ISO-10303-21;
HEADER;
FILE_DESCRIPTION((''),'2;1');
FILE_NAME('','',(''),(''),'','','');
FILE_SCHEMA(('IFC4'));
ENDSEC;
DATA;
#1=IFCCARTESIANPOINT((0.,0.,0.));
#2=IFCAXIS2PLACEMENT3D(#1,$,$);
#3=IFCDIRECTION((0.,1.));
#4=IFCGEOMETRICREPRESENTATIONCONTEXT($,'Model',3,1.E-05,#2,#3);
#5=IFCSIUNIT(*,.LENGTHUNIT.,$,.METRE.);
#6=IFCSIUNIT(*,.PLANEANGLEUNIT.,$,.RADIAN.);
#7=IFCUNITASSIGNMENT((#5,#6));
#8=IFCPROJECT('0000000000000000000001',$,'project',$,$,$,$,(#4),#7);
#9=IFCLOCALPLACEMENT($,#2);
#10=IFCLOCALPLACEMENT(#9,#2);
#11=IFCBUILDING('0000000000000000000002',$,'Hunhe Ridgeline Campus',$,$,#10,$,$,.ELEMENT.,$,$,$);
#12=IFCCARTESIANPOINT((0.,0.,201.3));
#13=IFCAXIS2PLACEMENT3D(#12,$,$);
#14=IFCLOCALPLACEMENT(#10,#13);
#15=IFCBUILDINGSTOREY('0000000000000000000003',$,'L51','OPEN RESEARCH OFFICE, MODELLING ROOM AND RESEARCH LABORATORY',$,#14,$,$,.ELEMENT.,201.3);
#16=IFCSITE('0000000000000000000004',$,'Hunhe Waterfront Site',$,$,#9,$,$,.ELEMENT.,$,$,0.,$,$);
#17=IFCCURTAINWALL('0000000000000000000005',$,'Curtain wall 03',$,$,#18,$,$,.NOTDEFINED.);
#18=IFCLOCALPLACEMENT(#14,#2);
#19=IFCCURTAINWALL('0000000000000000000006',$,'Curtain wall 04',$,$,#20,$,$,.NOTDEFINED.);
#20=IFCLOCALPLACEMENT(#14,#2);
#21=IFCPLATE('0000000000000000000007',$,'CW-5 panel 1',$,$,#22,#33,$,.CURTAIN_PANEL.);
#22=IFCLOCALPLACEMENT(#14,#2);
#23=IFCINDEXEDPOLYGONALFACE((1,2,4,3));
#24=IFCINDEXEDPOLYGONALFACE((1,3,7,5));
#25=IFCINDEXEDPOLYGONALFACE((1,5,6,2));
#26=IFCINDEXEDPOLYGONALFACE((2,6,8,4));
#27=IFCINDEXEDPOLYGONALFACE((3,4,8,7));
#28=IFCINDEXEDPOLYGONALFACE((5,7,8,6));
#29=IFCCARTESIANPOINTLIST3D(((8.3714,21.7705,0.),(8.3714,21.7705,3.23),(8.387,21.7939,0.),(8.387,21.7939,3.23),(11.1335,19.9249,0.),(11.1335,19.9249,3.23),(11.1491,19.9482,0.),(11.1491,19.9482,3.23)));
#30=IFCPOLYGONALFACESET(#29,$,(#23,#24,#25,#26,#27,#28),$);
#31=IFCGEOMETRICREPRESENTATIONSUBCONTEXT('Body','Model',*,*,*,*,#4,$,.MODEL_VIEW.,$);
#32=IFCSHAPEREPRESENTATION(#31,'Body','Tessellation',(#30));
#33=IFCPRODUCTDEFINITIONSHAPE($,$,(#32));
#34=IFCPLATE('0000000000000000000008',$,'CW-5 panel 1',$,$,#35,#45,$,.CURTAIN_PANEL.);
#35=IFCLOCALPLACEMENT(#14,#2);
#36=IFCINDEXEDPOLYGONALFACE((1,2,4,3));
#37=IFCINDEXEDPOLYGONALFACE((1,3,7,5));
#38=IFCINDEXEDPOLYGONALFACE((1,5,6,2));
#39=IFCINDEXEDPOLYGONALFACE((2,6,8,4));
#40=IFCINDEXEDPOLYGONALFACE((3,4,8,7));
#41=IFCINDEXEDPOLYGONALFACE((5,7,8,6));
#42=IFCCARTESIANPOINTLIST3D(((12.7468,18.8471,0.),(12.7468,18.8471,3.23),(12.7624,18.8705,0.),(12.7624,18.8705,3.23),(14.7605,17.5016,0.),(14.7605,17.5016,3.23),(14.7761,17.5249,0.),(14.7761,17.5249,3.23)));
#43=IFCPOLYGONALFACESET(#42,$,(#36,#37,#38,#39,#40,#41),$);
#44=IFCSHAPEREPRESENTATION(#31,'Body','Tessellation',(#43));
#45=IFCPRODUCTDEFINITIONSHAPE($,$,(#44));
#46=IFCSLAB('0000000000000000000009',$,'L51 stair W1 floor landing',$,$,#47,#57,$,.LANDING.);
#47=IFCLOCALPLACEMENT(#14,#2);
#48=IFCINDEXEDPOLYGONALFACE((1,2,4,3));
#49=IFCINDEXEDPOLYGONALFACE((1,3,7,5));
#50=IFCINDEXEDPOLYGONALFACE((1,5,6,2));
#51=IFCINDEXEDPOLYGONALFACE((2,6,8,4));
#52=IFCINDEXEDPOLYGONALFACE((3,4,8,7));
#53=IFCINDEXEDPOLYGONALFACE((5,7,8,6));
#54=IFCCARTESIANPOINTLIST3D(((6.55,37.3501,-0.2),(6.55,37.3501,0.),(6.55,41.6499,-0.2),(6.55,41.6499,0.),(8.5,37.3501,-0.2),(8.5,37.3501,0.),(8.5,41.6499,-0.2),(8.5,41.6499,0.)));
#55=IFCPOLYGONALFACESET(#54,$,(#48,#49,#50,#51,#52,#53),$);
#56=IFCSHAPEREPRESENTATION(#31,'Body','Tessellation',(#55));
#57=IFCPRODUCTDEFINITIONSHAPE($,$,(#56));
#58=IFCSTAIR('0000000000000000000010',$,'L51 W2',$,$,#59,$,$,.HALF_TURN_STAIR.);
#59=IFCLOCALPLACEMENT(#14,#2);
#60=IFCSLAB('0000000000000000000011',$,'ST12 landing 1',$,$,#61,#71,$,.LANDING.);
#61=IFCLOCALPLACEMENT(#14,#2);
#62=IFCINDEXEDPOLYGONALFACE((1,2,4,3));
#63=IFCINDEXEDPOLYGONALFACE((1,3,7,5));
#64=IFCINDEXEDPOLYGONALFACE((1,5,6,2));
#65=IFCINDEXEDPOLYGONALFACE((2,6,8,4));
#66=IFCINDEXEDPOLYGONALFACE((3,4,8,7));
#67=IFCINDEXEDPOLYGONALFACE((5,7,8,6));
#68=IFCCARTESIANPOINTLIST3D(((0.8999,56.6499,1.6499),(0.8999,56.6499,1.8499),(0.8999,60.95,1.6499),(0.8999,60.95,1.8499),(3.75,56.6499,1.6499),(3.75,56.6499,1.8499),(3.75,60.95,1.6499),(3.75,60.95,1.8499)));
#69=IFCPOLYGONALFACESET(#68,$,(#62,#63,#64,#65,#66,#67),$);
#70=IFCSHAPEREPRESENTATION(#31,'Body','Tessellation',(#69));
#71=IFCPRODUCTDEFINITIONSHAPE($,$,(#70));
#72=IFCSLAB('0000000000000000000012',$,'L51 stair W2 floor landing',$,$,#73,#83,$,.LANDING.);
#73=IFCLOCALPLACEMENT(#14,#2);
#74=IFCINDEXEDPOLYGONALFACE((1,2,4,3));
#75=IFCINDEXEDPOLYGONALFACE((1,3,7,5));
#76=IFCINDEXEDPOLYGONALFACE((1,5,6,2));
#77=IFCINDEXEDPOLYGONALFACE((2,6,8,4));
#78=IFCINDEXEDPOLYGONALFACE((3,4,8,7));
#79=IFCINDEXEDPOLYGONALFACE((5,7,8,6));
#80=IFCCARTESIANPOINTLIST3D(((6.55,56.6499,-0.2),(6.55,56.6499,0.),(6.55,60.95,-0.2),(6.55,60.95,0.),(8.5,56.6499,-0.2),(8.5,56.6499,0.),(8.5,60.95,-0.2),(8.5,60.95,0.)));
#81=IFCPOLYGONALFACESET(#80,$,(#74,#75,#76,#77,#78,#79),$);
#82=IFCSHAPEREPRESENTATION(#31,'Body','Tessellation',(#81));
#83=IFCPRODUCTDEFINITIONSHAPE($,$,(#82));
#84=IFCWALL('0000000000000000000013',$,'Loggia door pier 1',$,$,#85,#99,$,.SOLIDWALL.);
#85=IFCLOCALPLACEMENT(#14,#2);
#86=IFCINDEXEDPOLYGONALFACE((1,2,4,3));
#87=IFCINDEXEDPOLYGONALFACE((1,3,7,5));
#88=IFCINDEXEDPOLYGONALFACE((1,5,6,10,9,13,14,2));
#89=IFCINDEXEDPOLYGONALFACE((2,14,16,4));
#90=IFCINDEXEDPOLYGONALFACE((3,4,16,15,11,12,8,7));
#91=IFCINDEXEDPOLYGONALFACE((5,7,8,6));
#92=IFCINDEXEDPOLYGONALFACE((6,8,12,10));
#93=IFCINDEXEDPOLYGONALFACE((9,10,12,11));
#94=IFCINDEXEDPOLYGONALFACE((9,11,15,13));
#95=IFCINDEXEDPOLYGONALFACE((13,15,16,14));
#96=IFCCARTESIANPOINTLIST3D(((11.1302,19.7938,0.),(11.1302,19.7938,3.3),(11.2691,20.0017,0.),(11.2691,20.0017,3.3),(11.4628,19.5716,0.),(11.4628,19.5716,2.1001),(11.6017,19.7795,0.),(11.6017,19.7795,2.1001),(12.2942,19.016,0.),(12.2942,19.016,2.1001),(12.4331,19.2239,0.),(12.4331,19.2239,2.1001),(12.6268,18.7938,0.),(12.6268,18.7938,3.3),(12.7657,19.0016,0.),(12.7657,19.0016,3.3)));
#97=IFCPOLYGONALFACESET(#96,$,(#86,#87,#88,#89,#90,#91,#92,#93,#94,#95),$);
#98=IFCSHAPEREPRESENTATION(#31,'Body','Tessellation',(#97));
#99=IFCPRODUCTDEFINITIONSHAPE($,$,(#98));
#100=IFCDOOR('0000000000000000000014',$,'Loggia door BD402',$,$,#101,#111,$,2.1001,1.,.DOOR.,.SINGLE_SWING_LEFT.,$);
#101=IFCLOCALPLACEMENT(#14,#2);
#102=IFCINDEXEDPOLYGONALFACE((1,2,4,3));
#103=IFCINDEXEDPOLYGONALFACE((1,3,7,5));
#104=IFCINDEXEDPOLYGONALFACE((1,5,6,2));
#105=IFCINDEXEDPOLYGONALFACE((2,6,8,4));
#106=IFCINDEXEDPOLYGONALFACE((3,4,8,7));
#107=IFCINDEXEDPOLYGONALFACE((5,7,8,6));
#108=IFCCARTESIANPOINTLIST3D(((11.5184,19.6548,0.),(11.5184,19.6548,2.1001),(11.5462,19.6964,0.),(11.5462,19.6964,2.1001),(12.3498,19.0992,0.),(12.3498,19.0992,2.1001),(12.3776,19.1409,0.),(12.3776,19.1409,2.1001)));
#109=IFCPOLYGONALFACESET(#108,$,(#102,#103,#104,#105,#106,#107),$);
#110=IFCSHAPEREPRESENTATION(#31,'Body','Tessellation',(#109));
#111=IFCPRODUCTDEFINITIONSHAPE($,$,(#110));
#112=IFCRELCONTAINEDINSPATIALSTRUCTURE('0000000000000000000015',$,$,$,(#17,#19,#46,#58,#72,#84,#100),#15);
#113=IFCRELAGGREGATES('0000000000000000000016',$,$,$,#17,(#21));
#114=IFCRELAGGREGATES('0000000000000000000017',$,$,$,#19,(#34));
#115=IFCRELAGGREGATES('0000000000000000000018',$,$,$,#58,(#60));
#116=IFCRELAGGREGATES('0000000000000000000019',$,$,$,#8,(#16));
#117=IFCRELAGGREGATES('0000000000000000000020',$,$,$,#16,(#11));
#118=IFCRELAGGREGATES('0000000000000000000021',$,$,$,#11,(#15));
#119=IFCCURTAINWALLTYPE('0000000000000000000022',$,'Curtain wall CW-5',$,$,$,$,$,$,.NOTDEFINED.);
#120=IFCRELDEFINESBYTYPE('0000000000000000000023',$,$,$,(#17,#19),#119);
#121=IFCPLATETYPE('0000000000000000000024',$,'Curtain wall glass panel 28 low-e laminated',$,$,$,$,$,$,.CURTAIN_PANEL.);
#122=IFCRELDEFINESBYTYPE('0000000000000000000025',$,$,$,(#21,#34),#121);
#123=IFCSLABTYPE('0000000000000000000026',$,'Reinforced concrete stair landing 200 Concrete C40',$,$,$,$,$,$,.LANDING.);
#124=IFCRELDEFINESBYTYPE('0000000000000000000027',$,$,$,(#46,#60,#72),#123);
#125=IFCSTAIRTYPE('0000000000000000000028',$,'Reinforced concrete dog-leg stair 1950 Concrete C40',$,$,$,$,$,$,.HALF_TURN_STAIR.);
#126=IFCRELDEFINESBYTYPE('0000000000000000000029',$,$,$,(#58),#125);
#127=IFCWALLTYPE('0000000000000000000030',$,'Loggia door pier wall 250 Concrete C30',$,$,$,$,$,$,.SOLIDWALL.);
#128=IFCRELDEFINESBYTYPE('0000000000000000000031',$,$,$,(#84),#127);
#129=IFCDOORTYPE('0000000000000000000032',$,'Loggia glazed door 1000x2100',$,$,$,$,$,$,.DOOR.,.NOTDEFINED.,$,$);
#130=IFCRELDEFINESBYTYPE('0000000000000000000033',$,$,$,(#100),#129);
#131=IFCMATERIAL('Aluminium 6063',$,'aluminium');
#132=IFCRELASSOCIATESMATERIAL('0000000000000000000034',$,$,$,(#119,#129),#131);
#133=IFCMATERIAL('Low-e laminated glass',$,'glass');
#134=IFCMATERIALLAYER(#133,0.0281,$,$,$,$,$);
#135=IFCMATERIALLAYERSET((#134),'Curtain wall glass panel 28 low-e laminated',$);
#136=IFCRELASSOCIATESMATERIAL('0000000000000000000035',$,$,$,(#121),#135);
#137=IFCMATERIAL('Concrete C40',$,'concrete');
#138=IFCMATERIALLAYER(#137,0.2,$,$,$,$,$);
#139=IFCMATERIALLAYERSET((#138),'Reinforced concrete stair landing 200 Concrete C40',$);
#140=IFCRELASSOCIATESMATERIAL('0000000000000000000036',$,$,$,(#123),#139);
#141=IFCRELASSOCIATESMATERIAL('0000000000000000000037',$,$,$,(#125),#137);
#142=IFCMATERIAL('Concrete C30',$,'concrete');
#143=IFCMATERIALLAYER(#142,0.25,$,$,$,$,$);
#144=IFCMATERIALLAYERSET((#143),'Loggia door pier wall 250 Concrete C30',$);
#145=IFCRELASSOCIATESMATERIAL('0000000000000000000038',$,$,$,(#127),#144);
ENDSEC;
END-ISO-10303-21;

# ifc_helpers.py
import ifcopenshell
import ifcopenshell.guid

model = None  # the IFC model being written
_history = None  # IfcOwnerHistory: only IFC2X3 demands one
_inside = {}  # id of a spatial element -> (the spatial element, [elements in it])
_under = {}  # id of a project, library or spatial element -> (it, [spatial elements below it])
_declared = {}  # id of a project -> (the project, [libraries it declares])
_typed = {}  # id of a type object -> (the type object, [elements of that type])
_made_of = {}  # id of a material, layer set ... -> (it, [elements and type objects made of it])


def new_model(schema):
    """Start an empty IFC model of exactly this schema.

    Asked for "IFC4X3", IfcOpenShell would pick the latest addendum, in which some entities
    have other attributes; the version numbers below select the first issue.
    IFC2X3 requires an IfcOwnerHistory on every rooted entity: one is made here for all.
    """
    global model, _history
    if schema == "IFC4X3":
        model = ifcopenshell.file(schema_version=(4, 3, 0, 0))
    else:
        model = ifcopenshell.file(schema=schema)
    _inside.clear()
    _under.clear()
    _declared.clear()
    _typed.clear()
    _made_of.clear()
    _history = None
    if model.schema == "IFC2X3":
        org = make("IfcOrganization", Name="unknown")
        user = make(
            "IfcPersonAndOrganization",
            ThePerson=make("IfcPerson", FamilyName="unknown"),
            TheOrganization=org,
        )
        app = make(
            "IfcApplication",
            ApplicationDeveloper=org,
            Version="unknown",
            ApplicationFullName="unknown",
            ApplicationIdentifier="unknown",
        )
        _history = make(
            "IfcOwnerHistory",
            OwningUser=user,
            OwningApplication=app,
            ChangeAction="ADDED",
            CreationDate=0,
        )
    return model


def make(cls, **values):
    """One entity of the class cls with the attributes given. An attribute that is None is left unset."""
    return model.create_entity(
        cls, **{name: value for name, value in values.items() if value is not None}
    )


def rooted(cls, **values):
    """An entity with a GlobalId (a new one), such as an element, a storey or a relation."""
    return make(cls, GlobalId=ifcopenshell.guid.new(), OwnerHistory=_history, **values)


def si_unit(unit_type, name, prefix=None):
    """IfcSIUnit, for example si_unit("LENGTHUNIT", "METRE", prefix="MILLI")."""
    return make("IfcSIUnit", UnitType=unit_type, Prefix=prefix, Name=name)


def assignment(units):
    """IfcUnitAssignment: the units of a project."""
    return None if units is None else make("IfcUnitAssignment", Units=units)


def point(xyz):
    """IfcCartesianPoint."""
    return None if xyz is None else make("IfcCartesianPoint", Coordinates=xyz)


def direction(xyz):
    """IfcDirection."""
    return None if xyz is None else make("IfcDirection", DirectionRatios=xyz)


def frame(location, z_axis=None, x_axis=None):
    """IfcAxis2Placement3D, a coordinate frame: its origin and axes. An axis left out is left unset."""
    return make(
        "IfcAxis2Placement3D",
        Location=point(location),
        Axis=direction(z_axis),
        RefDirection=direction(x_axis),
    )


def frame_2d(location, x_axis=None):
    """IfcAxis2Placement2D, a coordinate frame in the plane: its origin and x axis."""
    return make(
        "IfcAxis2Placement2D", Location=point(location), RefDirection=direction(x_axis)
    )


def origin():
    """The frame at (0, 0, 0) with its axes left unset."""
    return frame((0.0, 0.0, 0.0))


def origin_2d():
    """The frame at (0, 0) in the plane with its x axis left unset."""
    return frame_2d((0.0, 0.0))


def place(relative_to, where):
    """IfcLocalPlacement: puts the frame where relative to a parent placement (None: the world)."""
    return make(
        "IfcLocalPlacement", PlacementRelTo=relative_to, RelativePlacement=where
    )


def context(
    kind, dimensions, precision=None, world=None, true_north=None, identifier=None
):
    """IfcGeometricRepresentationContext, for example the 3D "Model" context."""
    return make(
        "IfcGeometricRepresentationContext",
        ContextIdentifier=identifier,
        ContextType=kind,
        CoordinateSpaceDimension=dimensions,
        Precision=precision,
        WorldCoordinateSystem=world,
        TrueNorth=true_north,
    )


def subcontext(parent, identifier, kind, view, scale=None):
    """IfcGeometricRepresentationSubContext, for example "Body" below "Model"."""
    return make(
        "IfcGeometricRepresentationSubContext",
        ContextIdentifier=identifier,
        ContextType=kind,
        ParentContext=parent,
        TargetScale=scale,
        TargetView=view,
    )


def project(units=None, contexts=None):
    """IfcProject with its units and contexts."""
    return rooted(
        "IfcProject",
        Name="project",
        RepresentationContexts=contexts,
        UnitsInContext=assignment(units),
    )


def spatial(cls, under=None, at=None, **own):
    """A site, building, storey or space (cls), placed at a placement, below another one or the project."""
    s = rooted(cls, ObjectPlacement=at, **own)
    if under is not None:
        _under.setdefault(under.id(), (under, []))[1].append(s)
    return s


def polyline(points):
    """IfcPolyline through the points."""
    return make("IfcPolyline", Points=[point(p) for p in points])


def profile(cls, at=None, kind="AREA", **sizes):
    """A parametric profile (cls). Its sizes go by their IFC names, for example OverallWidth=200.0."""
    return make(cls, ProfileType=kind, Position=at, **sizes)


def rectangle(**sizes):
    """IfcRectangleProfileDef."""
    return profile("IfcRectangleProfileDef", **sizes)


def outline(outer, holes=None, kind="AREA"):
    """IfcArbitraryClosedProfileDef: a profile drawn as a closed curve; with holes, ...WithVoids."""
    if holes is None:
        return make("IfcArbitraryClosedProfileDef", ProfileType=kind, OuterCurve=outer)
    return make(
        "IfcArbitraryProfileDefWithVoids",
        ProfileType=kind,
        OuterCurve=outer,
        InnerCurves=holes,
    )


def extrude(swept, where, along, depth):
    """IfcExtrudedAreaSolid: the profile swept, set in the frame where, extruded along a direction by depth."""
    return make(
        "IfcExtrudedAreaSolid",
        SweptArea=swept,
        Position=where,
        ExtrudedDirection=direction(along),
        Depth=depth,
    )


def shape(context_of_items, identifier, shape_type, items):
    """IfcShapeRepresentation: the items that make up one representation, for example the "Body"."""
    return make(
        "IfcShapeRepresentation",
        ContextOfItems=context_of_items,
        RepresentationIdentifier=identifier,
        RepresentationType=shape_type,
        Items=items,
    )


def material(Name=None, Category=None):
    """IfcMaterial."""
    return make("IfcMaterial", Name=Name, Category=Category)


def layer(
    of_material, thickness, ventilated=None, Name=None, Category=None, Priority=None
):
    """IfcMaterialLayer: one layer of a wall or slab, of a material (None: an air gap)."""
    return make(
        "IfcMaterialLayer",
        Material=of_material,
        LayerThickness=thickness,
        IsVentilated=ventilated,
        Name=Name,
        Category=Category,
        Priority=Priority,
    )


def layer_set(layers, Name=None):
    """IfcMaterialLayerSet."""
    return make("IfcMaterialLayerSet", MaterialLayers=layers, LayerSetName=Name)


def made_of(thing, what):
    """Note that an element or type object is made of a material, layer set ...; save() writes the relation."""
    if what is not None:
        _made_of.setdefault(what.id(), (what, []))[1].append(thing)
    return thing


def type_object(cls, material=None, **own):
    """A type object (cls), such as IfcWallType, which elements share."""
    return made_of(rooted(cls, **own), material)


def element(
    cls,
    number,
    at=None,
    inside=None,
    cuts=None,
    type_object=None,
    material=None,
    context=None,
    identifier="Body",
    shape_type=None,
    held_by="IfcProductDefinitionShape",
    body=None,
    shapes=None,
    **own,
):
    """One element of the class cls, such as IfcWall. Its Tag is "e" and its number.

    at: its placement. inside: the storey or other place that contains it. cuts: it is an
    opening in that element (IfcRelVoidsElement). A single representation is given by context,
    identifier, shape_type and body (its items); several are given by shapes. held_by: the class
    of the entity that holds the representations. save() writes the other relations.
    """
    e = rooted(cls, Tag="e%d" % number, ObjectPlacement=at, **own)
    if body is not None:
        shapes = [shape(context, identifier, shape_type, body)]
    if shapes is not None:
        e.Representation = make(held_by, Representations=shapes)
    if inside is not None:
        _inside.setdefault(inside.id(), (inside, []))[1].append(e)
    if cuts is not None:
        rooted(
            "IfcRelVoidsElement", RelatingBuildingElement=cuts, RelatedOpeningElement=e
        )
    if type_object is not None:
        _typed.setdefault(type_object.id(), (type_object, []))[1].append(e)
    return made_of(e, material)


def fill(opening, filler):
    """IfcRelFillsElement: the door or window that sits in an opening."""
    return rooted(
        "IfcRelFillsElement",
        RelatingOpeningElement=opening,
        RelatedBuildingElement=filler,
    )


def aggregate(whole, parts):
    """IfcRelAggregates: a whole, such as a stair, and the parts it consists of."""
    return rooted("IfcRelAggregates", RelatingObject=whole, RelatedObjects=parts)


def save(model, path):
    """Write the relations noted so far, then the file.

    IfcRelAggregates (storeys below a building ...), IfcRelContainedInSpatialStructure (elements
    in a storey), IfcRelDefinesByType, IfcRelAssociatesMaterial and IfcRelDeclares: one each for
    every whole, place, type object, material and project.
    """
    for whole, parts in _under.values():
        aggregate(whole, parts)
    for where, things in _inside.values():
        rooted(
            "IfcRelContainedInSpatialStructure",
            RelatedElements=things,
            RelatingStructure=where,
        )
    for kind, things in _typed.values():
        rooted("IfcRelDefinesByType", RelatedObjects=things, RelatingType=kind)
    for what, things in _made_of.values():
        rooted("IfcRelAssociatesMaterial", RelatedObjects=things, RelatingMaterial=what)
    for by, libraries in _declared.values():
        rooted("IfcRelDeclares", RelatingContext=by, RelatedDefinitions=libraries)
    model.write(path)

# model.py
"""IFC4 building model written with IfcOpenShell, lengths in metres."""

from ifc_helpers import new_model, si_unit, direction, frame, frame_2d, origin, origin_2d, place, context, subcontext, project, spatial, polyline, rectangle, outline, extrude, material, layer, layer_set, type_object, element, fill, aggregate, save


model = new_model("IFC4")

# Units and contexts
model_context = context("Model", 3, precision=1e-05, world=origin(), true_north=direction((0.0, 1.0)))
body_context = subcontext(model_context, "Body", "Model", "MODEL_VIEW")
ifc_project = project(units=[si_unit("LENGTHUNIT", "METRE"), si_unit("PLANEANGLEUNIT", "RADIAN")], contexts=[model_context])

# Site, building, storey
site_placement = place(None, origin())
site = spatial("IfcSite", under=ifc_project, at=site_placement, Name="Hunhe Waterfront Site", CompositionType="ELEMENT", RefElevation=0.0)
building_placement = place(site_placement, origin())
building = spatial("IfcBuilding", under=site, at=building_placement, Name="Hunhe Ridgeline Campus", CompositionType="ELEMENT")
storey_placement = place(building_placement, frame((0.0, 0.0, 201.3)))
storey = spatial("IfcBuildingStorey", under=building, at=storey_placement, Name="L51", Description="OPEN RESEARCH OFFICE, MODELLING ROOM AND RESEARCH LABORATORY", CompositionType="ELEMENT", Elevation=201.3)

# Curtain wall
ifc_material_1 = material(Name="Aluminium 6063", Category="aluminium")
curtain_wall_type = type_object("IfcCurtainWallType", Name="Curtain wall CW-5", PredefinedType="NOTDEFINED", material=ifc_material_1)
curtain_wall_1_placement = place(storey_placement, origin())
curtain_wall_1 = element("IfcCurtainWall", 1, at=curtain_wall_1_placement, inside=storey, type_object=curtain_wall_type, Name="Curtain wall 03", PredefinedType="NOTDEFINED")

# Curtain wall
curtain_wall_2_placement = place(storey_placement, origin())
curtain_wall_2 = element("IfcCurtainWall", 2, at=curtain_wall_2_placement, inside=storey, type_object=curtain_wall_type, Name="Curtain wall 04", PredefinedType="NOTDEFINED")

# Plates
ifc_material_2 = material(Name="Low-e laminated glass", Category="glass")
ifc_layer_1 = layer(ifc_material_2, 0.0281)
ifc_layer_set_1 = layer_set([ifc_layer_1], Name="Curtain wall glass panel 28 low-e laminated")
plate_type = type_object("IfcPlateType", Name="Curtain wall glass panel 28 low-e laminated", PredefinedType="CURTAIN_PANEL", material=ifc_layer_set_1)
plate_1_placement = place(storey_placement, frame((9.7603, 20.8594, 0.0), z_axis=(0.0, 0.0, 1.0), x_axis=(0.83147, -0.55557, 0.0)))
plate_1 = element("IfcPlate", 3, at=plate_1_placement, type_object=plate_type, Name="CW-5 panel 1", PredefinedType="CURTAIN_PANEL", context=body_context, shape_type="SweptSolid", body=[
    extrude(rectangle(XDim=3.322, YDim=0.0281, at=origin_2d()), origin(), (0.0, 0.0, 1.0), 3.23),
])
aggregate(curtain_wall_1, [plate_1])
plate_2_placement = place(storey_placement, frame((13.7615, 18.186, 0.0), z_axis=(0.0, 0.0, 1.0), x_axis=(0.83147, -0.55557, 0.0)))
plate_2 = element("IfcPlate", 4, at=plate_2_placement, type_object=plate_type, Name="CW-5 panel 1", PredefinedType="CURTAIN_PANEL", context=body_context, shape_type="SweptSolid", body=[
    extrude(rectangle(XDim=2.4219, YDim=0.0281, at=origin_2d()), origin(), (0.0, 0.0, 1.0), 3.23),
])
aggregate(curtain_wall_2, [plate_2])

# Slab
ifc_material_3 = material(Name="Concrete C40", Category="concrete")
ifc_layer_2 = layer(ifc_material_3, 0.2)
ifc_layer_set_2 = layer_set([ifc_layer_2], Name="Reinforced concrete stair landing 200 Concrete C40")
slab_type = type_object("IfcSlabType", Name="Reinforced concrete stair landing 200 Concrete C40", PredefinedType="LANDING", material=ifc_layer_set_2)
slab_1_placement = place(storey_placement, frame((0.0, 0.0, -0.2)))
element("IfcSlab", 5, at=slab_1_placement, inside=storey, type_object=slab_type, Name="L51 stair W1 floor landing", PredefinedType="LANDING", context=body_context, shape_type="SweptSolid", body=[
    extrude(outline(polyline([(8.5, 41.6499), (6.55, 41.6499), (6.55, 37.3501), (8.5, 37.3501), (8.5, 41.6499)])), origin(), (0.0, 0.0, 1.0), 0.2),
])

# Stair, slab
stair_type = type_object("IfcStairType", Name="Reinforced concrete dog-leg stair 1950 Concrete C40", PredefinedType="HALF_TURN_STAIR", material=ifc_material_3)
stair_placement = place(storey_placement, origin())
stair = element("IfcStair", 6, at=stair_placement, inside=storey, type_object=stair_type, Name="L51 W2", PredefinedType="HALF_TURN_STAIR")
slab_2_placement = place(storey_placement, frame((0.0, 0.0, 1.6499)))
slab_2 = element("IfcSlab", 7, at=slab_2_placement, type_object=slab_type, Name="ST12 landing 1", PredefinedType="LANDING", context=body_context, shape_type="SweptSolid", body=[
    extrude(outline(polyline([(3.75, 60.95), (0.8999, 60.95), (0.8999, 56.6499), (3.75, 56.6499), (3.75, 60.95)])), origin(), (0.0, 0.0, 1.0), 0.2),
])
aggregate(stair, [slab_2])

# Slab
slab_3_placement = place(storey_placement, frame((0.0, 0.0, -0.2)))
element("IfcSlab", 8, at=slab_3_placement, inside=storey, type_object=slab_type, Name="L51 stair W2 floor landing", PredefinedType="LANDING", context=body_context, shape_type="SweptSolid", body=[
    extrude(outline(polyline([(8.5, 60.95), (6.55, 60.95), (6.55, 56.6499), (8.5, 56.6499), (8.5, 60.95)])), origin(), (0.0, 0.0, 1.0), 0.2),
])

# Wall, opening, door
ifc_material_4 = material(Name="Concrete C30", Category="concrete")
ifc_layer_3 = layer(ifc_material_4, 0.25)
ifc_layer_set_3 = layer_set([ifc_layer_3], Name="Loggia door pier wall 250 Concrete C30")
wall_type = type_object("IfcWallType", Name="Loggia door pier wall 250 Concrete C30", PredefinedType="SOLIDWALL", material=ifc_layer_set_3)
wall_placement = place(storey_placement, frame((11.1997, 19.8977, 0.0), z_axis=(0.0, 0.0, 1.0), x_axis=(0.831466, -0.555576, 0.0)))
wall = element("IfcWall", 9, at=wall_placement, inside=storey, type_object=wall_type, Name="Loggia door pier 1", PredefinedType="SOLIDWALL", context=body_context, shape_type="SweptSolid", body=[
    extrude(rectangle(XDim=1.8, YDim=0.25, at=frame_2d((0.8999, 0.0))), origin(), (0.0, 0.0, 1.0), 3.3),
])
opening_placement = place(wall_placement, frame((0.3999, 0.0, 0.0)))
opening = element("IfcOpeningElement", 10, at=opening_placement, cuts=wall, PredefinedType="OPENING", context=body_context, shape_type="SweptSolid", body=[
    extrude(rectangle(XDim=1.0, YDim=2.1001, at=frame_2d((0.5, 1.05))), frame((0.0, 0.125, 0.0), z_axis=(0.0, -1.0, 0.0), x_axis=(1.0, 0.0, 0.0)), (0.0, 0.0, 1.0), 0.25),
])
door_type = type_object("IfcDoorType", Name="Loggia glazed door 1000x2100", OperationType="NOTDEFINED", PredefinedType="DOOR", material=ifc_material_1)
door_placement = place(opening_placement, frame((1.0, 0.0, 0.0), z_axis=(0.0, 0.0, 1.0), x_axis=(-1.0, 0.0, 0.0)))
door = element("IfcDoor", 11, at=door_placement, inside=storey, type_object=door_type, Name="Loggia door BD402", OperationType="SINGLE_SWING_LEFT", OverallHeight=2.1001, OverallWidth=1.0, PredefinedType="DOOR", context=body_context, shape_type="SweptSolid", body=[
    extrude(rectangle(XDim=1.0, YDim=2.1001, at=frame_2d((0.5, 1.05))), frame((0.0, 0.0249, 0.0), z_axis=(0.0, -1.0, 0.0), x_axis=(1.0, 0.0, 0.0)), (0.0, 0.0, 1.0), 0.05),
])
fill(opening, door)

save(model, "model.ifc")
